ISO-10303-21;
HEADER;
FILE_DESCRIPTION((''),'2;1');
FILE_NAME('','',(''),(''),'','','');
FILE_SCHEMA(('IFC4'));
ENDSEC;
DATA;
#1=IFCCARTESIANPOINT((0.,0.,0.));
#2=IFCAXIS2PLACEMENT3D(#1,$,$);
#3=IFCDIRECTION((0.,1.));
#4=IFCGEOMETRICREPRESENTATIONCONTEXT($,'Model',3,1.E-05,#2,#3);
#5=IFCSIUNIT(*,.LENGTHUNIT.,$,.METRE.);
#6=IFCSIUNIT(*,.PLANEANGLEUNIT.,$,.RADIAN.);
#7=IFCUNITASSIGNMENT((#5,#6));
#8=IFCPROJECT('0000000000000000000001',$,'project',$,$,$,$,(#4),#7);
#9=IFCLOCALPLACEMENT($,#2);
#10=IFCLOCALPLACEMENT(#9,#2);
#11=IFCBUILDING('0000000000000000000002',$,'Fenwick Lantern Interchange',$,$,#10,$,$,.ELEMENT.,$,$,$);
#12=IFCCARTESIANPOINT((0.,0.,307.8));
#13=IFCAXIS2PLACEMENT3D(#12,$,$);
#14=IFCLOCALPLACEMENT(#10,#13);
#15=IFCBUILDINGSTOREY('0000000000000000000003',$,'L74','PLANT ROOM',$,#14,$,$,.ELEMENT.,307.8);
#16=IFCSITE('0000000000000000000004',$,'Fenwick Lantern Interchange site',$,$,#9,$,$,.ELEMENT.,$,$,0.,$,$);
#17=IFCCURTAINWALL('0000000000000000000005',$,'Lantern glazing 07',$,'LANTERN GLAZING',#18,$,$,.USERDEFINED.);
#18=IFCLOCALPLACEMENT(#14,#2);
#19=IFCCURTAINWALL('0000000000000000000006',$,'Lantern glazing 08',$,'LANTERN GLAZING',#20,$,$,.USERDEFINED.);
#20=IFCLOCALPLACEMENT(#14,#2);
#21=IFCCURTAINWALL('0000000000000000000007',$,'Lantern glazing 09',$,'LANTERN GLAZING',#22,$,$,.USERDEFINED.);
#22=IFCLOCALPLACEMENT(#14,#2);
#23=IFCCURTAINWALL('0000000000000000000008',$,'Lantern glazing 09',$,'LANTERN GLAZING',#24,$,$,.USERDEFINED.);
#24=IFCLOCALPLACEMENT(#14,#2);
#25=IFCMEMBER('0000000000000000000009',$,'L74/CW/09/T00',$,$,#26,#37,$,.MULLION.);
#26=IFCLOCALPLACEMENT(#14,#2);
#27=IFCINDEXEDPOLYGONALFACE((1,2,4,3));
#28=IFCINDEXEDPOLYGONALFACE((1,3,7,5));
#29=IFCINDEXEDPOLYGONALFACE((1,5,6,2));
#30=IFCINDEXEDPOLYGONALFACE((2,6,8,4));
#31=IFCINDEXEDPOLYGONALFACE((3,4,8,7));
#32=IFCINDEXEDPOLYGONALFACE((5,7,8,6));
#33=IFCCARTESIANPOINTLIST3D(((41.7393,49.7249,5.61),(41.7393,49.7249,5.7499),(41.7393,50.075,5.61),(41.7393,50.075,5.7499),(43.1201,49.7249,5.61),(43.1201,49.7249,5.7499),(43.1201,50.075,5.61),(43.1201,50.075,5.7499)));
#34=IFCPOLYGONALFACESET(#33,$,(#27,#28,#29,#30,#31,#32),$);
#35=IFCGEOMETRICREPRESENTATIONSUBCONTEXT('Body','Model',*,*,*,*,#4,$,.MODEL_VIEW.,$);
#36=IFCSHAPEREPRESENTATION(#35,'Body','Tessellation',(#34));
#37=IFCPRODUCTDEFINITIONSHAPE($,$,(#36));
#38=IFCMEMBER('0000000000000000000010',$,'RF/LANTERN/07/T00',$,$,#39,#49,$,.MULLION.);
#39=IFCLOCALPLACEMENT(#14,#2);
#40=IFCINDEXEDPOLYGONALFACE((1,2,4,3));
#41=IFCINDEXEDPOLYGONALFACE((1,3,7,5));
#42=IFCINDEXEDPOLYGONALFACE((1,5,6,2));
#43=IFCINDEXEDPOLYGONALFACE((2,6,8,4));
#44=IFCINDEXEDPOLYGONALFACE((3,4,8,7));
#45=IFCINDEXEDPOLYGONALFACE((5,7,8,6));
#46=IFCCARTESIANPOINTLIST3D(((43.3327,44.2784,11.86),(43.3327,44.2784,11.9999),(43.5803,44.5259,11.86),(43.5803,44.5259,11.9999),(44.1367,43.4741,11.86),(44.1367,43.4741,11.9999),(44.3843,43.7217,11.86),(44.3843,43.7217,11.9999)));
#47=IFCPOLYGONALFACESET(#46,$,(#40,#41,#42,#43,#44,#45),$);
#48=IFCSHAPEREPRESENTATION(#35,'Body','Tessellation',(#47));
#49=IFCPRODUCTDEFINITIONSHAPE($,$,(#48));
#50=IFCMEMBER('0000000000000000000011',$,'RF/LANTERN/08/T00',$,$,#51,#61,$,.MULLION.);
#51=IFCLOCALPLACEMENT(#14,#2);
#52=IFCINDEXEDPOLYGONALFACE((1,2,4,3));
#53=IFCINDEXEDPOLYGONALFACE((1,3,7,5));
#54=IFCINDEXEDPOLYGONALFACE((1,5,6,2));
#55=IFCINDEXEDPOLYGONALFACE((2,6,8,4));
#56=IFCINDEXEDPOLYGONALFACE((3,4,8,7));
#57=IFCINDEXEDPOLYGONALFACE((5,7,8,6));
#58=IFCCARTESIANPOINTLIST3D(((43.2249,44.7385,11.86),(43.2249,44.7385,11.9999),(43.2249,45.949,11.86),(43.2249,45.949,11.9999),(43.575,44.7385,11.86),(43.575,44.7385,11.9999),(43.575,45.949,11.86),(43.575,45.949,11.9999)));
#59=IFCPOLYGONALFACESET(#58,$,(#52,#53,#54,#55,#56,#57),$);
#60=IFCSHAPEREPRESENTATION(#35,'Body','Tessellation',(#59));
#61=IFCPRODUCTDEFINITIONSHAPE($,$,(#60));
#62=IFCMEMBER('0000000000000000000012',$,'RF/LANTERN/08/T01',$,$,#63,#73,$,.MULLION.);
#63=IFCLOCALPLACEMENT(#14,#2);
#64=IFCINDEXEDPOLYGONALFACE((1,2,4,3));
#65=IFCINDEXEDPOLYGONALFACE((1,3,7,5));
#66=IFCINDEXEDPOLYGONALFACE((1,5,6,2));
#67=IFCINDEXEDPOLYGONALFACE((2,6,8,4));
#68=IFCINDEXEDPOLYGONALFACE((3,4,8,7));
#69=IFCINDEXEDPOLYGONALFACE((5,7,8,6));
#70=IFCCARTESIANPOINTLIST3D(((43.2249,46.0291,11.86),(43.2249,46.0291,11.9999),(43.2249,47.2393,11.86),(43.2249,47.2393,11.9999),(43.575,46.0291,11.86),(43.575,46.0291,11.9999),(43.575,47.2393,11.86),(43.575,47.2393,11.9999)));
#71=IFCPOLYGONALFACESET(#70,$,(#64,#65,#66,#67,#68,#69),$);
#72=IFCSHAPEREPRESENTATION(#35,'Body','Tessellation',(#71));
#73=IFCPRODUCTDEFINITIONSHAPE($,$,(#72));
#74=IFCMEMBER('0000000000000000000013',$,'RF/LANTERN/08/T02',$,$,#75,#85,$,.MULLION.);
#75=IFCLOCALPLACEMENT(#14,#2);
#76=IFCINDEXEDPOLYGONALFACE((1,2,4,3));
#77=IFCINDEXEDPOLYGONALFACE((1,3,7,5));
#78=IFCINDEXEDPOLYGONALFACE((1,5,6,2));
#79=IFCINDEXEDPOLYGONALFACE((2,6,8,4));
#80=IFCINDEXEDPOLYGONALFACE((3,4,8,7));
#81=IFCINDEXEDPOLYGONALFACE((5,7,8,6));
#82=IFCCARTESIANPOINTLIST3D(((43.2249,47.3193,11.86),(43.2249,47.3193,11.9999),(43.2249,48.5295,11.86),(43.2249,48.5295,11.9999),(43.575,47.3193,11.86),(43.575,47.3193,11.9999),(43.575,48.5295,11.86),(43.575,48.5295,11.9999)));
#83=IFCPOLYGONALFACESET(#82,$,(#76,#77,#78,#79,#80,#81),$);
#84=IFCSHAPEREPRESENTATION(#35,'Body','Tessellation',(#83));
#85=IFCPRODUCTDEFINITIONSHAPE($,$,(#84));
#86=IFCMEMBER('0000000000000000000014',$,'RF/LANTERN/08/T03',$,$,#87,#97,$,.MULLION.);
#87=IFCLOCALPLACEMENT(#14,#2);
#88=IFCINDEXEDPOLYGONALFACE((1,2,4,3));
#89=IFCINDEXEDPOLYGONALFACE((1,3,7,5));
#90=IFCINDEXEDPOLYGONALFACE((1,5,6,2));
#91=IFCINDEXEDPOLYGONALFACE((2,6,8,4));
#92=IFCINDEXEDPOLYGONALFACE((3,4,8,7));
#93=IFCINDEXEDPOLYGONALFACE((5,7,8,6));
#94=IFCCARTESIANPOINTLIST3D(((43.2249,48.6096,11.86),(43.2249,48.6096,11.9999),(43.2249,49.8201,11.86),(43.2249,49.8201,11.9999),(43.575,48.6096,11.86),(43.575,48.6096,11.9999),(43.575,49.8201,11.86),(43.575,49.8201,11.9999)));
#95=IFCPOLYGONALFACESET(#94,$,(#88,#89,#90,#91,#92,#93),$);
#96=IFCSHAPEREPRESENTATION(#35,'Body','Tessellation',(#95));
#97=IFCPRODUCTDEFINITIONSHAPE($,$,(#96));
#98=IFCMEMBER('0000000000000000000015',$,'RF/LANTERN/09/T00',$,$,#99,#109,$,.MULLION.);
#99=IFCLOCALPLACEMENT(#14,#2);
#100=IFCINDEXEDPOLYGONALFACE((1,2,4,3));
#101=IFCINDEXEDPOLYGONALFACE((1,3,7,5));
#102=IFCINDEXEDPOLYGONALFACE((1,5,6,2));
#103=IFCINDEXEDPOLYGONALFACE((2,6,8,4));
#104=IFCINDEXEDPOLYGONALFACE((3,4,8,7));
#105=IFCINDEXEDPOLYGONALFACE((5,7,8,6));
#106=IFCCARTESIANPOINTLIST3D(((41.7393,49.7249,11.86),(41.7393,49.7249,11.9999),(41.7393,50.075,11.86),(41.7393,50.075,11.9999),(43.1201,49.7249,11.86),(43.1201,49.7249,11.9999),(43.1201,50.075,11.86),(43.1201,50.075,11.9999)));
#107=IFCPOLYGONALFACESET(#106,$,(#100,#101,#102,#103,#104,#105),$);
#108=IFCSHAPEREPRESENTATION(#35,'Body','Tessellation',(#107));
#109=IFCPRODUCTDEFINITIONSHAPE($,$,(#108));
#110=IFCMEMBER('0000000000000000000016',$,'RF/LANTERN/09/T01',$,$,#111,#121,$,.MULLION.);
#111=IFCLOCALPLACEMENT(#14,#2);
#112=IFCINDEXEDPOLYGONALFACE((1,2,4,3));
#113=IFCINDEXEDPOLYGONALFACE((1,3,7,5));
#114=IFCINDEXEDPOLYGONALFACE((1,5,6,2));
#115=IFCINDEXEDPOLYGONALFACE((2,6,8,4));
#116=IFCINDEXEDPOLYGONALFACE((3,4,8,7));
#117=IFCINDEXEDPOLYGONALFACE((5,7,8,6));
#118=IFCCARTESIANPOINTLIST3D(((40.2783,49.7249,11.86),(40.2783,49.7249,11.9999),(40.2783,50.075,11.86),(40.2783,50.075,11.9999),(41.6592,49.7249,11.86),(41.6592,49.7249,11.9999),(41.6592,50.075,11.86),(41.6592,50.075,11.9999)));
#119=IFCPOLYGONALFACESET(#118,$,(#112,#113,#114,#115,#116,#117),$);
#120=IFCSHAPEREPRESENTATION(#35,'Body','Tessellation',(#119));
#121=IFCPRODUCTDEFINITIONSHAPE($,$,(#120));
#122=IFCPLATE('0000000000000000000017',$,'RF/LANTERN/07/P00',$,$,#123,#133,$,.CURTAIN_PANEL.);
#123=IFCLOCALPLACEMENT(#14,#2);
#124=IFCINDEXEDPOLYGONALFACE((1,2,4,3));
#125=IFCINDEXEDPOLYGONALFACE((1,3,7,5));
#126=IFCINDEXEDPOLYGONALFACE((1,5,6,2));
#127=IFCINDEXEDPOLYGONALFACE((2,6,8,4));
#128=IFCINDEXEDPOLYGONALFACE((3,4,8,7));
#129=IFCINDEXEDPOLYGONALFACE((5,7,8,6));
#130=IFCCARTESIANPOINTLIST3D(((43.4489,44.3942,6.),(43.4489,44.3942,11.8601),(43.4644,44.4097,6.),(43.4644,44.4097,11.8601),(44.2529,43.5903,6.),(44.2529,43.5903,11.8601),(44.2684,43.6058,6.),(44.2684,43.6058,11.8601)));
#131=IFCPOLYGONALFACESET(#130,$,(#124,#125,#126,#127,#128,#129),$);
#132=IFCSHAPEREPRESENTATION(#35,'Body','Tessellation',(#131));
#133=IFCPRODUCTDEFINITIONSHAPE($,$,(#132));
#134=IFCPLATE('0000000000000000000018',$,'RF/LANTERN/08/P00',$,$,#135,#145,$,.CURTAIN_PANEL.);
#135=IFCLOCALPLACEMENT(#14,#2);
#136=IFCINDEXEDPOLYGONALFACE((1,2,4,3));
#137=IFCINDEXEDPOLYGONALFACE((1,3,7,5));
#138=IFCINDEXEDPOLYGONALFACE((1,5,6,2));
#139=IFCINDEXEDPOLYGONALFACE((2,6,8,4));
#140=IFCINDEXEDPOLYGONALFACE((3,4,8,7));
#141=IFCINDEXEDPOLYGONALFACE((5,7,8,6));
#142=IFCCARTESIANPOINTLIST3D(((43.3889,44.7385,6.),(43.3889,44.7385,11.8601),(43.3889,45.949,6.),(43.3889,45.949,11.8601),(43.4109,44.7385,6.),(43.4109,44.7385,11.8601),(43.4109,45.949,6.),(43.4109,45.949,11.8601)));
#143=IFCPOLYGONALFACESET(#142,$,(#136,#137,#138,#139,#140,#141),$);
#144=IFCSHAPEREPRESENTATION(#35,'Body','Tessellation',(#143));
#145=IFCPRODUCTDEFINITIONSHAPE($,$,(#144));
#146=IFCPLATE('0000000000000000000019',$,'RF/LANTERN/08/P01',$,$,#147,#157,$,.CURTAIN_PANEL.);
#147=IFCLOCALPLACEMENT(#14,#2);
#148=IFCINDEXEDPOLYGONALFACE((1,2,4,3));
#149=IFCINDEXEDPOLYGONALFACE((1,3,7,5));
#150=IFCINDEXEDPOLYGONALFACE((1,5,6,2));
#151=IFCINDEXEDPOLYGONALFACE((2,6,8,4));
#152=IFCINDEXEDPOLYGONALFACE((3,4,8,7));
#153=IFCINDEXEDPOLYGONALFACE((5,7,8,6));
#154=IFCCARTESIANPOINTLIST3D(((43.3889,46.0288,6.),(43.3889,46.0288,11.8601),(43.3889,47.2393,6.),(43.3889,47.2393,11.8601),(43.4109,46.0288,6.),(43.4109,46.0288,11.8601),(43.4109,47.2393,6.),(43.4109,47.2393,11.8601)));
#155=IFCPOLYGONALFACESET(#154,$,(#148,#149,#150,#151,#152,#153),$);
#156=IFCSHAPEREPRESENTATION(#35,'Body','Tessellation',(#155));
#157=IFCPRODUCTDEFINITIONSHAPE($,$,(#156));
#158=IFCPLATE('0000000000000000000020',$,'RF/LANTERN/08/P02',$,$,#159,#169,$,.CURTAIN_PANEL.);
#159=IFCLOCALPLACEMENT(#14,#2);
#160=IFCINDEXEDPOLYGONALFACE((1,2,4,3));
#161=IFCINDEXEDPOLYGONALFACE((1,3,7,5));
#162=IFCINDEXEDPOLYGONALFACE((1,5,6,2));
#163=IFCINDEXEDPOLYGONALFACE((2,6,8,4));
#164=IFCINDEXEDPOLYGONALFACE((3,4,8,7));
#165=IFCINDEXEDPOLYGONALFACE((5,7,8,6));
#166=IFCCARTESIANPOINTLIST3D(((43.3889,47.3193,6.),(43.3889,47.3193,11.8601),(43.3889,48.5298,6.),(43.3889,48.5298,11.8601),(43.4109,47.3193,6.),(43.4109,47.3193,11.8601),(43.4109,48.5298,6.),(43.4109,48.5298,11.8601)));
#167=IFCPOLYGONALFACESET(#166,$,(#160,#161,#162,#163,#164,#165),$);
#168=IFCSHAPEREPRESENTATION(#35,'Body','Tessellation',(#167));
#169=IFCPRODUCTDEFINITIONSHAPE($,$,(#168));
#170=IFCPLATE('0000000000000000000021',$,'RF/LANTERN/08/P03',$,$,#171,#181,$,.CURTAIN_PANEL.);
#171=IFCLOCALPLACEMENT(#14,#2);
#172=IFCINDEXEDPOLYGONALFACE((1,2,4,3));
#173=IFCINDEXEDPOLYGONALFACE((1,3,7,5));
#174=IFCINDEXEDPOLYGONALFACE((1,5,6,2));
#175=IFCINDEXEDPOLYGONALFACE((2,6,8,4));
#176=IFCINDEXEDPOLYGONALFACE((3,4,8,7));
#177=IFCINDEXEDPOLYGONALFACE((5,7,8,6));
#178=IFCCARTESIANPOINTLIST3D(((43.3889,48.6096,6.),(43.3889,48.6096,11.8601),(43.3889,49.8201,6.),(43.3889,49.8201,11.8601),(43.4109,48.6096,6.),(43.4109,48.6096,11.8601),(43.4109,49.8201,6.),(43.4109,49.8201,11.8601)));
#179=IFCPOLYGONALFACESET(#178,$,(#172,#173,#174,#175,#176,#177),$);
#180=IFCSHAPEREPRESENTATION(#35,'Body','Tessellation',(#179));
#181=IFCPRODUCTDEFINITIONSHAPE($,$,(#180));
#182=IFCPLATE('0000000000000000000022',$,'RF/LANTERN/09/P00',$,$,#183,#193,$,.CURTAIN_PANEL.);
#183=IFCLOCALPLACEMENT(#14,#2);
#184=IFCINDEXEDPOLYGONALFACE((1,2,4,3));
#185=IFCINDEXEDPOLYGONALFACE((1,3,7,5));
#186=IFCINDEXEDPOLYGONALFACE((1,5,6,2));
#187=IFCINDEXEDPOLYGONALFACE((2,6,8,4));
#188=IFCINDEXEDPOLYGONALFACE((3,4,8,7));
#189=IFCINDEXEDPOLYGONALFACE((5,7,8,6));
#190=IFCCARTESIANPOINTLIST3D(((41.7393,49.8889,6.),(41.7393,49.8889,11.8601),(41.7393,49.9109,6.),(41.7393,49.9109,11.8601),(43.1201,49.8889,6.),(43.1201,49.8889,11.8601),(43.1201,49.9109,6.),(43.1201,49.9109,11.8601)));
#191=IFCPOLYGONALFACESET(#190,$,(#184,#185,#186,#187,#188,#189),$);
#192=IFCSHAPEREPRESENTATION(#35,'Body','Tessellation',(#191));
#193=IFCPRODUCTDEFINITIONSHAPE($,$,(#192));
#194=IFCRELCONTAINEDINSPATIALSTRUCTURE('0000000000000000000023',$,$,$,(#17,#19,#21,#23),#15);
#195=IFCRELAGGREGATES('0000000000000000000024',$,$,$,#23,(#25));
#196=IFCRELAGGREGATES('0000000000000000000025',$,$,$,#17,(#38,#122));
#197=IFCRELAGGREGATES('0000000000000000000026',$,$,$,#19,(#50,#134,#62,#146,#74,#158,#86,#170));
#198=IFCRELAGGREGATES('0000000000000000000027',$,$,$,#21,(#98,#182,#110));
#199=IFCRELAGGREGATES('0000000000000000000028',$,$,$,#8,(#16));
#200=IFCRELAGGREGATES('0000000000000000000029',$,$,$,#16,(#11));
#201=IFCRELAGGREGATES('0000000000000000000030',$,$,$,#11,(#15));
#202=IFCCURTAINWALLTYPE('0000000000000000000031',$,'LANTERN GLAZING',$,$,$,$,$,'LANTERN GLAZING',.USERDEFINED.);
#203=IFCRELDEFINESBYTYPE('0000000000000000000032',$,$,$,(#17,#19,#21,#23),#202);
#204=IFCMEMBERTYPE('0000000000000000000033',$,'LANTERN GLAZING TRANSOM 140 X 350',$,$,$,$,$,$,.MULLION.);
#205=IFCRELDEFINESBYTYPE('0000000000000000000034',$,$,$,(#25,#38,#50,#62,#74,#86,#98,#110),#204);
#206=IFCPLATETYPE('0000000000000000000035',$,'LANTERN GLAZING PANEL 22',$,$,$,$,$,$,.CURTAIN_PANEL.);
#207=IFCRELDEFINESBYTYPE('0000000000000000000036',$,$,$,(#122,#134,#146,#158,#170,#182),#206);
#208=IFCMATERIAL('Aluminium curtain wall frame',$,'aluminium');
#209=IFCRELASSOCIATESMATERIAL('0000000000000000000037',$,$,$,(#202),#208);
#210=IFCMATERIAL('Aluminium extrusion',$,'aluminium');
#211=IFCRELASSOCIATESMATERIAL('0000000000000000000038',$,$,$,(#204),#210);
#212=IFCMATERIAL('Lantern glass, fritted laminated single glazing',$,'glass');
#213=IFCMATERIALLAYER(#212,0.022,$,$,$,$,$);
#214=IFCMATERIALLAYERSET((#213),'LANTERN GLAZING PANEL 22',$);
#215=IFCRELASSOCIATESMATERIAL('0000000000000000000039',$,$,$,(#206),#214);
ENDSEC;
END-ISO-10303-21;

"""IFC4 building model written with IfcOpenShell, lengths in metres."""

from ifc_helpers import new_model, si_unit, direction, frame, origin, origin_2d, place, context, subcontext, project, spatial, rectangle, extrude, material, layer, layer_set, material_profile, profile_set, type_object, element, aggregate, save


model = new_model("IFC4")

# Units and contexts
model_context = context("Model", 3, precision=1e-05, world=origin(), true_north=direction((0.0, 1.0)))
body_context = subcontext(model_context, "Body", "Model", "MODEL_VIEW")
ifc_project = project(units=[si_unit("LENGTHUNIT", "METRE"), si_unit("PLANEANGLEUNIT", "RADIAN")], contexts=[model_context])

# Site, building, storey
site_placement = place(None, origin())
site = spatial("IfcSite", under=ifc_project, at=site_placement, Name="Fenwick Lantern Interchange site", CompositionType="ELEMENT", RefElevation=0.0)
building_placement = place(site_placement, origin())
building = spatial("IfcBuilding", under=site, at=building_placement, Name="Fenwick Lantern Interchange", CompositionType="ELEMENT")
storey_placement = place(building_placement, frame((0.0, 0.0, 307.8)))
storey = spatial("IfcBuildingStorey", under=building, at=storey_placement, Name="L74", Description="PLANT ROOM", CompositionType="ELEMENT", Elevation=307.8)

# Shared definitions
ifc_material_1 = material(Name="Aluminium curtain wall frame", Category="aluminium")
curtain_wall_type = type_object("IfcCurtainWallType", Name="LANTERN GLAZING", ElementType="LANTERN GLAZING", PredefinedType="USERDEFINED", material=ifc_material_1)
ifc_material_2 = material(Name="Aluminium extrusion", Category="aluminium")

# Curtain walls
curtain_wall_1_placement = place(storey_placement, origin())
curtain_wall_1 = element("IfcCurtainWall", 1, at=curtain_wall_1_placement, inside=storey, type_object=curtain_wall_type, Name="Lantern glazing 07", ObjectType="LANTERN GLAZING", PredefinedType="USERDEFINED")
curtain_wall_2_placement = place(storey_placement, origin())
curtain_wall_2 = element("IfcCurtainWall", 2, at=curtain_wall_2_placement, inside=storey, type_object=curtain_wall_type, Name="Lantern glazing 08", ObjectType="LANTERN GLAZING", PredefinedType="USERDEFINED")
curtain_wall_3_placement = place(storey_placement, origin())
curtain_wall_3 = element("IfcCurtainWall", 3, at=curtain_wall_3_placement, inside=storey, type_object=curtain_wall_type, Name="Lantern glazing 09", ObjectType="LANTERN GLAZING", PredefinedType="USERDEFINED")

# Shared definitions
ifc_material_profile_1 = material_profile(ifc_material_2, rectangle(XDim=0.3501, YDim=0.1399, at=origin_2d()), Name="LANTERN GLAZING TRANSOM 140 X 350")
ifc_profile_set_1 = profile_set([ifc_material_profile_1], Name="Aluminium extrusion")
member_type_1 = type_object("IfcMemberType", Name="LANTERN GLAZING TRANSOM 140 X 350", PredefinedType="MULLION", material=ifc_profile_set_1)

# Curtain wall, member
curtain_wall_4_placement = place(storey_placement, origin())
curtain_wall_4 = element("IfcCurtainWall", 4, at=curtain_wall_4_placement, inside=storey, type_object=curtain_wall_type, Name="Lantern glazing 09", ObjectType="LANTERN GLAZING", PredefinedType="USERDEFINED")
member_1_placement = place(storey_placement, frame((43.1201, 49.8999, 5.6799), z_axis=(-1.0, 0.0, 0.0), x_axis=(0.0, -1.0, 0.0)))
member_1 = element("IfcMember", 5, at=member_1_placement, type_object=member_type_1, Name="L74/CW/09/T00", PredefinedType="MULLION", context=body_context, shape_type="SweptSolid", body=[
    extrude(rectangle(XDim=0.3501, YDim=0.1399, at=origin_2d()), origin(), (0.0, 0.0, 1.0), 1.3809),
])

# Members
member_2_placement = place(storey_placement, frame((44.2605, 43.5979, 11.9299), z_axis=(-0.706999, 0.707214, 0.0), x_axis=(-0.707214, -0.706999, 0.0)))
member_2 = element("IfcMember", 6, at=member_2_placement, type_object=member_type_1, Name="RF/LANTERN/07/T00", PredefinedType="MULLION", context=body_context, shape_type="SweptSolid", body=[
    extrude(rectangle(XDim=0.3501, YDim=0.1399, at=origin_2d()), origin(), (0.0, 0.0, 1.0), 1.1372),
])
member_3_placement = place(storey_placement, frame((43.3999, 44.7385, 11.9299), z_axis=(0.0, 1.0, 0.0), x_axis=(-1.0, 0.0, 0.0)))
member_3 = element("IfcMember", 7, at=member_3_placement, type_object=member_type_1, Name="RF/LANTERN/08/T00", PredefinedType="MULLION", context=body_context, shape_type="SweptSolid", body=[
    extrude(rectangle(XDim=0.3501, YDim=0.1399, at=origin_2d()), origin(), (0.0, 0.0, 1.0), 1.2104),
])
member_4_placement = place(storey_placement, frame((43.3999, 46.0291, 11.9299), z_axis=(0.0, 1.0, 0.0), x_axis=(-1.0, 0.0, 0.0)))
member_4 = element("IfcMember", 8, at=member_4_placement, type_object=member_type_1, Name="RF/LANTERN/08/T01", PredefinedType="MULLION", context=body_context, shape_type="SweptSolid", body=[
    extrude(rectangle(XDim=0.3501, YDim=0.1399, at=origin_2d()), origin(), (0.0, 0.0, 1.0), 1.2102),
])
member_5_placement = place(storey_placement, frame((43.3999, 47.3193, 11.9299), z_axis=(0.0, 1.0, 0.0), x_axis=(-1.0, 0.0, 0.0)))
member_5 = element("IfcMember", 9, at=member_5_placement, type_object=member_type_1, Name="RF/LANTERN/08/T02", PredefinedType="MULLION", context=body_context, shape_type="SweptSolid", body=[
    extrude(rectangle(XDim=0.3501, YDim=0.1399, at=origin_2d()), origin(), (0.0, 0.0, 1.0), 1.2102),
])
member_6_placement = place(storey_placement, frame((43.3999, 48.6096, 11.9299), z_axis=(0.0, 1.0, 0.0), x_axis=(-1.0, 0.0, 0.0)))
member_6 = element("IfcMember", 10, at=member_6_placement, type_object=member_type_1, Name="RF/LANTERN/08/T03", PredefinedType="MULLION", context=body_context, shape_type="SweptSolid", body=[
    extrude(rectangle(XDim=0.3501, YDim=0.1399, at=origin_2d()), origin(), (0.0, 0.0, 1.0), 1.2104),
])
member_7_placement = place(storey_placement, frame((43.1201, 49.8999, 11.9299), z_axis=(-1.0, 0.0, 0.0), x_axis=(0.0, -1.0, 0.0)))
member_7 = element("IfcMember", 11, at=member_7_placement, type_object=member_type_1, Name="RF/LANTERN/09/T00", PredefinedType="MULLION", context=body_context, shape_type="SweptSolid", body=[
    extrude(rectangle(XDim=0.3501, YDim=0.1399, at=origin_2d()), origin(), (0.0, 0.0, 1.0), 1.3809),
])
member_8_placement = place(storey_placement, frame((41.6592, 49.8999, 11.9299), z_axis=(-1.0, 0.0, 0.0), x_axis=(0.0, -1.0, 0.0)))
member_8 = element("IfcMember", 12, at=member_8_placement, type_object=member_type_1, Name="RF/LANTERN/09/T01", PredefinedType="MULLION", context=body_context, shape_type="SweptSolid", body=[
    extrude(rectangle(XDim=0.3501, YDim=0.1399, at=origin_2d()), origin(), (0.0, 0.0, 1.0), 1.3809),
])

# Shared definitions
ifc_material_3 = material(Name="Lantern glass, fritted laminated single glazing", Category="glass")
ifc_layer = layer(ifc_material_3, 0.022)
ifc_layer_set = layer_set([ifc_layer], Name="LANTERN GLAZING PANEL 22")
plate_type = type_object("IfcPlateType", Name="LANTERN GLAZING PANEL 22", PredefinedType="CURTAIN_PANEL", material=ifc_layer_set)

# Plates
aggregate(curtain_wall_4, [member_1])
plate_1_placement = place(storey_placement, frame((43.8586, 44.0, 6.0), z_axis=(0.0, 0.0, 1.0), x_axis=(-0.707107, 0.707107, 0.0)))
plate_1 = element("IfcPlate", 13, at=plate_1_placement, type_object=plate_type, Name="RF/LANTERN/07/P00", PredefinedType="CURTAIN_PANEL", context=body_context, shape_type="SweptSolid", body=[
    extrude(rectangle(XDim=1.137, YDim=0.022, at=origin_2d()), origin(), (0.0, 0.0, 1.0), 5.8601),
])
aggregate(curtain_wall_1, [member_2, plate_1])
plate_2_placement = place(storey_placement, frame((43.3999, 45.3438, 6.0), z_axis=(0.0, 0.0, 1.0), x_axis=(0.0, 1.0, 0.0)))
plate_2 = element("IfcPlate", 14, at=plate_2_placement, type_object=plate_type, Name="RF/LANTERN/08/P00", PredefinedType="CURTAIN_PANEL", context=body_context, shape_type="SweptSolid", body=[
    extrude(rectangle(XDim=1.2104, YDim=0.022, at=origin_2d()), origin(), (0.0, 0.0, 1.0), 5.8601),
])
plate_3_placement = place(storey_placement, frame((43.3999, 46.634, 6.0), z_axis=(0.0, 0.0, 1.0), x_axis=(0.0, 1.0, 0.0)))
plate_3 = element("IfcPlate", 15, at=plate_3_placement, type_object=plate_type, Name="RF/LANTERN/08/P01", PredefinedType="CURTAIN_PANEL", context=body_context, shape_type="SweptSolid", body=[
    extrude(rectangle(XDim=1.2104, YDim=0.022, at=origin_2d()), origin(), (0.0, 0.0, 1.0), 5.8601),
])
plate_4_placement = place(storey_placement, frame((43.3999, 47.9246, 6.0), z_axis=(0.0, 0.0, 1.0), x_axis=(0.0, 1.0, 0.0)))
plate_4 = element("IfcPlate", 16, at=plate_4_placement, type_object=plate_type, Name="RF/LANTERN/08/P02", PredefinedType="CURTAIN_PANEL", context=body_context, shape_type="SweptSolid", body=[
    extrude(rectangle(XDim=1.2104, YDim=0.022, at=origin_2d()), origin(), (0.0, 0.0, 1.0), 5.8601),
])
plate_5_placement = place(storey_placement, frame((43.3999, 49.2148, 6.0), z_axis=(0.0, 0.0, 1.0), x_axis=(0.0, 1.0, 0.0)))
plate_5 = element("IfcPlate", 17, at=plate_5_placement, type_object=plate_type, Name="RF/LANTERN/08/P03", PredefinedType="CURTAIN_PANEL", context=body_context, shape_type="SweptSolid", body=[
    extrude(rectangle(XDim=1.2104, YDim=0.022, at=origin_2d()), origin(), (0.0, 0.0, 1.0), 5.8601),
])
aggregate(curtain_wall_2, [member_3, plate_2, member_4, plate_3, member_5, plate_4, member_6, plate_5])
plate_6_placement = place(storey_placement, frame((42.4297, 49.8999, 6.0), z_axis=(0.0, 0.0, 1.0), x_axis=(-1.0, 0.0, 0.0)))
plate_6 = element("IfcPlate", 18, at=plate_6_placement, type_object=plate_type, Name="RF/LANTERN/09/P00", PredefinedType="CURTAIN_PANEL", context=body_context, shape_type="SweptSolid", body=[
    extrude(rectangle(XDim=1.3809, YDim=0.022, at=origin_2d()), origin(), (0.0, 0.0, 1.0), 5.8601),
])
aggregate(curtain_wall_3, [member_7, plate_6, member_8])

save(model, "model.ifc")
